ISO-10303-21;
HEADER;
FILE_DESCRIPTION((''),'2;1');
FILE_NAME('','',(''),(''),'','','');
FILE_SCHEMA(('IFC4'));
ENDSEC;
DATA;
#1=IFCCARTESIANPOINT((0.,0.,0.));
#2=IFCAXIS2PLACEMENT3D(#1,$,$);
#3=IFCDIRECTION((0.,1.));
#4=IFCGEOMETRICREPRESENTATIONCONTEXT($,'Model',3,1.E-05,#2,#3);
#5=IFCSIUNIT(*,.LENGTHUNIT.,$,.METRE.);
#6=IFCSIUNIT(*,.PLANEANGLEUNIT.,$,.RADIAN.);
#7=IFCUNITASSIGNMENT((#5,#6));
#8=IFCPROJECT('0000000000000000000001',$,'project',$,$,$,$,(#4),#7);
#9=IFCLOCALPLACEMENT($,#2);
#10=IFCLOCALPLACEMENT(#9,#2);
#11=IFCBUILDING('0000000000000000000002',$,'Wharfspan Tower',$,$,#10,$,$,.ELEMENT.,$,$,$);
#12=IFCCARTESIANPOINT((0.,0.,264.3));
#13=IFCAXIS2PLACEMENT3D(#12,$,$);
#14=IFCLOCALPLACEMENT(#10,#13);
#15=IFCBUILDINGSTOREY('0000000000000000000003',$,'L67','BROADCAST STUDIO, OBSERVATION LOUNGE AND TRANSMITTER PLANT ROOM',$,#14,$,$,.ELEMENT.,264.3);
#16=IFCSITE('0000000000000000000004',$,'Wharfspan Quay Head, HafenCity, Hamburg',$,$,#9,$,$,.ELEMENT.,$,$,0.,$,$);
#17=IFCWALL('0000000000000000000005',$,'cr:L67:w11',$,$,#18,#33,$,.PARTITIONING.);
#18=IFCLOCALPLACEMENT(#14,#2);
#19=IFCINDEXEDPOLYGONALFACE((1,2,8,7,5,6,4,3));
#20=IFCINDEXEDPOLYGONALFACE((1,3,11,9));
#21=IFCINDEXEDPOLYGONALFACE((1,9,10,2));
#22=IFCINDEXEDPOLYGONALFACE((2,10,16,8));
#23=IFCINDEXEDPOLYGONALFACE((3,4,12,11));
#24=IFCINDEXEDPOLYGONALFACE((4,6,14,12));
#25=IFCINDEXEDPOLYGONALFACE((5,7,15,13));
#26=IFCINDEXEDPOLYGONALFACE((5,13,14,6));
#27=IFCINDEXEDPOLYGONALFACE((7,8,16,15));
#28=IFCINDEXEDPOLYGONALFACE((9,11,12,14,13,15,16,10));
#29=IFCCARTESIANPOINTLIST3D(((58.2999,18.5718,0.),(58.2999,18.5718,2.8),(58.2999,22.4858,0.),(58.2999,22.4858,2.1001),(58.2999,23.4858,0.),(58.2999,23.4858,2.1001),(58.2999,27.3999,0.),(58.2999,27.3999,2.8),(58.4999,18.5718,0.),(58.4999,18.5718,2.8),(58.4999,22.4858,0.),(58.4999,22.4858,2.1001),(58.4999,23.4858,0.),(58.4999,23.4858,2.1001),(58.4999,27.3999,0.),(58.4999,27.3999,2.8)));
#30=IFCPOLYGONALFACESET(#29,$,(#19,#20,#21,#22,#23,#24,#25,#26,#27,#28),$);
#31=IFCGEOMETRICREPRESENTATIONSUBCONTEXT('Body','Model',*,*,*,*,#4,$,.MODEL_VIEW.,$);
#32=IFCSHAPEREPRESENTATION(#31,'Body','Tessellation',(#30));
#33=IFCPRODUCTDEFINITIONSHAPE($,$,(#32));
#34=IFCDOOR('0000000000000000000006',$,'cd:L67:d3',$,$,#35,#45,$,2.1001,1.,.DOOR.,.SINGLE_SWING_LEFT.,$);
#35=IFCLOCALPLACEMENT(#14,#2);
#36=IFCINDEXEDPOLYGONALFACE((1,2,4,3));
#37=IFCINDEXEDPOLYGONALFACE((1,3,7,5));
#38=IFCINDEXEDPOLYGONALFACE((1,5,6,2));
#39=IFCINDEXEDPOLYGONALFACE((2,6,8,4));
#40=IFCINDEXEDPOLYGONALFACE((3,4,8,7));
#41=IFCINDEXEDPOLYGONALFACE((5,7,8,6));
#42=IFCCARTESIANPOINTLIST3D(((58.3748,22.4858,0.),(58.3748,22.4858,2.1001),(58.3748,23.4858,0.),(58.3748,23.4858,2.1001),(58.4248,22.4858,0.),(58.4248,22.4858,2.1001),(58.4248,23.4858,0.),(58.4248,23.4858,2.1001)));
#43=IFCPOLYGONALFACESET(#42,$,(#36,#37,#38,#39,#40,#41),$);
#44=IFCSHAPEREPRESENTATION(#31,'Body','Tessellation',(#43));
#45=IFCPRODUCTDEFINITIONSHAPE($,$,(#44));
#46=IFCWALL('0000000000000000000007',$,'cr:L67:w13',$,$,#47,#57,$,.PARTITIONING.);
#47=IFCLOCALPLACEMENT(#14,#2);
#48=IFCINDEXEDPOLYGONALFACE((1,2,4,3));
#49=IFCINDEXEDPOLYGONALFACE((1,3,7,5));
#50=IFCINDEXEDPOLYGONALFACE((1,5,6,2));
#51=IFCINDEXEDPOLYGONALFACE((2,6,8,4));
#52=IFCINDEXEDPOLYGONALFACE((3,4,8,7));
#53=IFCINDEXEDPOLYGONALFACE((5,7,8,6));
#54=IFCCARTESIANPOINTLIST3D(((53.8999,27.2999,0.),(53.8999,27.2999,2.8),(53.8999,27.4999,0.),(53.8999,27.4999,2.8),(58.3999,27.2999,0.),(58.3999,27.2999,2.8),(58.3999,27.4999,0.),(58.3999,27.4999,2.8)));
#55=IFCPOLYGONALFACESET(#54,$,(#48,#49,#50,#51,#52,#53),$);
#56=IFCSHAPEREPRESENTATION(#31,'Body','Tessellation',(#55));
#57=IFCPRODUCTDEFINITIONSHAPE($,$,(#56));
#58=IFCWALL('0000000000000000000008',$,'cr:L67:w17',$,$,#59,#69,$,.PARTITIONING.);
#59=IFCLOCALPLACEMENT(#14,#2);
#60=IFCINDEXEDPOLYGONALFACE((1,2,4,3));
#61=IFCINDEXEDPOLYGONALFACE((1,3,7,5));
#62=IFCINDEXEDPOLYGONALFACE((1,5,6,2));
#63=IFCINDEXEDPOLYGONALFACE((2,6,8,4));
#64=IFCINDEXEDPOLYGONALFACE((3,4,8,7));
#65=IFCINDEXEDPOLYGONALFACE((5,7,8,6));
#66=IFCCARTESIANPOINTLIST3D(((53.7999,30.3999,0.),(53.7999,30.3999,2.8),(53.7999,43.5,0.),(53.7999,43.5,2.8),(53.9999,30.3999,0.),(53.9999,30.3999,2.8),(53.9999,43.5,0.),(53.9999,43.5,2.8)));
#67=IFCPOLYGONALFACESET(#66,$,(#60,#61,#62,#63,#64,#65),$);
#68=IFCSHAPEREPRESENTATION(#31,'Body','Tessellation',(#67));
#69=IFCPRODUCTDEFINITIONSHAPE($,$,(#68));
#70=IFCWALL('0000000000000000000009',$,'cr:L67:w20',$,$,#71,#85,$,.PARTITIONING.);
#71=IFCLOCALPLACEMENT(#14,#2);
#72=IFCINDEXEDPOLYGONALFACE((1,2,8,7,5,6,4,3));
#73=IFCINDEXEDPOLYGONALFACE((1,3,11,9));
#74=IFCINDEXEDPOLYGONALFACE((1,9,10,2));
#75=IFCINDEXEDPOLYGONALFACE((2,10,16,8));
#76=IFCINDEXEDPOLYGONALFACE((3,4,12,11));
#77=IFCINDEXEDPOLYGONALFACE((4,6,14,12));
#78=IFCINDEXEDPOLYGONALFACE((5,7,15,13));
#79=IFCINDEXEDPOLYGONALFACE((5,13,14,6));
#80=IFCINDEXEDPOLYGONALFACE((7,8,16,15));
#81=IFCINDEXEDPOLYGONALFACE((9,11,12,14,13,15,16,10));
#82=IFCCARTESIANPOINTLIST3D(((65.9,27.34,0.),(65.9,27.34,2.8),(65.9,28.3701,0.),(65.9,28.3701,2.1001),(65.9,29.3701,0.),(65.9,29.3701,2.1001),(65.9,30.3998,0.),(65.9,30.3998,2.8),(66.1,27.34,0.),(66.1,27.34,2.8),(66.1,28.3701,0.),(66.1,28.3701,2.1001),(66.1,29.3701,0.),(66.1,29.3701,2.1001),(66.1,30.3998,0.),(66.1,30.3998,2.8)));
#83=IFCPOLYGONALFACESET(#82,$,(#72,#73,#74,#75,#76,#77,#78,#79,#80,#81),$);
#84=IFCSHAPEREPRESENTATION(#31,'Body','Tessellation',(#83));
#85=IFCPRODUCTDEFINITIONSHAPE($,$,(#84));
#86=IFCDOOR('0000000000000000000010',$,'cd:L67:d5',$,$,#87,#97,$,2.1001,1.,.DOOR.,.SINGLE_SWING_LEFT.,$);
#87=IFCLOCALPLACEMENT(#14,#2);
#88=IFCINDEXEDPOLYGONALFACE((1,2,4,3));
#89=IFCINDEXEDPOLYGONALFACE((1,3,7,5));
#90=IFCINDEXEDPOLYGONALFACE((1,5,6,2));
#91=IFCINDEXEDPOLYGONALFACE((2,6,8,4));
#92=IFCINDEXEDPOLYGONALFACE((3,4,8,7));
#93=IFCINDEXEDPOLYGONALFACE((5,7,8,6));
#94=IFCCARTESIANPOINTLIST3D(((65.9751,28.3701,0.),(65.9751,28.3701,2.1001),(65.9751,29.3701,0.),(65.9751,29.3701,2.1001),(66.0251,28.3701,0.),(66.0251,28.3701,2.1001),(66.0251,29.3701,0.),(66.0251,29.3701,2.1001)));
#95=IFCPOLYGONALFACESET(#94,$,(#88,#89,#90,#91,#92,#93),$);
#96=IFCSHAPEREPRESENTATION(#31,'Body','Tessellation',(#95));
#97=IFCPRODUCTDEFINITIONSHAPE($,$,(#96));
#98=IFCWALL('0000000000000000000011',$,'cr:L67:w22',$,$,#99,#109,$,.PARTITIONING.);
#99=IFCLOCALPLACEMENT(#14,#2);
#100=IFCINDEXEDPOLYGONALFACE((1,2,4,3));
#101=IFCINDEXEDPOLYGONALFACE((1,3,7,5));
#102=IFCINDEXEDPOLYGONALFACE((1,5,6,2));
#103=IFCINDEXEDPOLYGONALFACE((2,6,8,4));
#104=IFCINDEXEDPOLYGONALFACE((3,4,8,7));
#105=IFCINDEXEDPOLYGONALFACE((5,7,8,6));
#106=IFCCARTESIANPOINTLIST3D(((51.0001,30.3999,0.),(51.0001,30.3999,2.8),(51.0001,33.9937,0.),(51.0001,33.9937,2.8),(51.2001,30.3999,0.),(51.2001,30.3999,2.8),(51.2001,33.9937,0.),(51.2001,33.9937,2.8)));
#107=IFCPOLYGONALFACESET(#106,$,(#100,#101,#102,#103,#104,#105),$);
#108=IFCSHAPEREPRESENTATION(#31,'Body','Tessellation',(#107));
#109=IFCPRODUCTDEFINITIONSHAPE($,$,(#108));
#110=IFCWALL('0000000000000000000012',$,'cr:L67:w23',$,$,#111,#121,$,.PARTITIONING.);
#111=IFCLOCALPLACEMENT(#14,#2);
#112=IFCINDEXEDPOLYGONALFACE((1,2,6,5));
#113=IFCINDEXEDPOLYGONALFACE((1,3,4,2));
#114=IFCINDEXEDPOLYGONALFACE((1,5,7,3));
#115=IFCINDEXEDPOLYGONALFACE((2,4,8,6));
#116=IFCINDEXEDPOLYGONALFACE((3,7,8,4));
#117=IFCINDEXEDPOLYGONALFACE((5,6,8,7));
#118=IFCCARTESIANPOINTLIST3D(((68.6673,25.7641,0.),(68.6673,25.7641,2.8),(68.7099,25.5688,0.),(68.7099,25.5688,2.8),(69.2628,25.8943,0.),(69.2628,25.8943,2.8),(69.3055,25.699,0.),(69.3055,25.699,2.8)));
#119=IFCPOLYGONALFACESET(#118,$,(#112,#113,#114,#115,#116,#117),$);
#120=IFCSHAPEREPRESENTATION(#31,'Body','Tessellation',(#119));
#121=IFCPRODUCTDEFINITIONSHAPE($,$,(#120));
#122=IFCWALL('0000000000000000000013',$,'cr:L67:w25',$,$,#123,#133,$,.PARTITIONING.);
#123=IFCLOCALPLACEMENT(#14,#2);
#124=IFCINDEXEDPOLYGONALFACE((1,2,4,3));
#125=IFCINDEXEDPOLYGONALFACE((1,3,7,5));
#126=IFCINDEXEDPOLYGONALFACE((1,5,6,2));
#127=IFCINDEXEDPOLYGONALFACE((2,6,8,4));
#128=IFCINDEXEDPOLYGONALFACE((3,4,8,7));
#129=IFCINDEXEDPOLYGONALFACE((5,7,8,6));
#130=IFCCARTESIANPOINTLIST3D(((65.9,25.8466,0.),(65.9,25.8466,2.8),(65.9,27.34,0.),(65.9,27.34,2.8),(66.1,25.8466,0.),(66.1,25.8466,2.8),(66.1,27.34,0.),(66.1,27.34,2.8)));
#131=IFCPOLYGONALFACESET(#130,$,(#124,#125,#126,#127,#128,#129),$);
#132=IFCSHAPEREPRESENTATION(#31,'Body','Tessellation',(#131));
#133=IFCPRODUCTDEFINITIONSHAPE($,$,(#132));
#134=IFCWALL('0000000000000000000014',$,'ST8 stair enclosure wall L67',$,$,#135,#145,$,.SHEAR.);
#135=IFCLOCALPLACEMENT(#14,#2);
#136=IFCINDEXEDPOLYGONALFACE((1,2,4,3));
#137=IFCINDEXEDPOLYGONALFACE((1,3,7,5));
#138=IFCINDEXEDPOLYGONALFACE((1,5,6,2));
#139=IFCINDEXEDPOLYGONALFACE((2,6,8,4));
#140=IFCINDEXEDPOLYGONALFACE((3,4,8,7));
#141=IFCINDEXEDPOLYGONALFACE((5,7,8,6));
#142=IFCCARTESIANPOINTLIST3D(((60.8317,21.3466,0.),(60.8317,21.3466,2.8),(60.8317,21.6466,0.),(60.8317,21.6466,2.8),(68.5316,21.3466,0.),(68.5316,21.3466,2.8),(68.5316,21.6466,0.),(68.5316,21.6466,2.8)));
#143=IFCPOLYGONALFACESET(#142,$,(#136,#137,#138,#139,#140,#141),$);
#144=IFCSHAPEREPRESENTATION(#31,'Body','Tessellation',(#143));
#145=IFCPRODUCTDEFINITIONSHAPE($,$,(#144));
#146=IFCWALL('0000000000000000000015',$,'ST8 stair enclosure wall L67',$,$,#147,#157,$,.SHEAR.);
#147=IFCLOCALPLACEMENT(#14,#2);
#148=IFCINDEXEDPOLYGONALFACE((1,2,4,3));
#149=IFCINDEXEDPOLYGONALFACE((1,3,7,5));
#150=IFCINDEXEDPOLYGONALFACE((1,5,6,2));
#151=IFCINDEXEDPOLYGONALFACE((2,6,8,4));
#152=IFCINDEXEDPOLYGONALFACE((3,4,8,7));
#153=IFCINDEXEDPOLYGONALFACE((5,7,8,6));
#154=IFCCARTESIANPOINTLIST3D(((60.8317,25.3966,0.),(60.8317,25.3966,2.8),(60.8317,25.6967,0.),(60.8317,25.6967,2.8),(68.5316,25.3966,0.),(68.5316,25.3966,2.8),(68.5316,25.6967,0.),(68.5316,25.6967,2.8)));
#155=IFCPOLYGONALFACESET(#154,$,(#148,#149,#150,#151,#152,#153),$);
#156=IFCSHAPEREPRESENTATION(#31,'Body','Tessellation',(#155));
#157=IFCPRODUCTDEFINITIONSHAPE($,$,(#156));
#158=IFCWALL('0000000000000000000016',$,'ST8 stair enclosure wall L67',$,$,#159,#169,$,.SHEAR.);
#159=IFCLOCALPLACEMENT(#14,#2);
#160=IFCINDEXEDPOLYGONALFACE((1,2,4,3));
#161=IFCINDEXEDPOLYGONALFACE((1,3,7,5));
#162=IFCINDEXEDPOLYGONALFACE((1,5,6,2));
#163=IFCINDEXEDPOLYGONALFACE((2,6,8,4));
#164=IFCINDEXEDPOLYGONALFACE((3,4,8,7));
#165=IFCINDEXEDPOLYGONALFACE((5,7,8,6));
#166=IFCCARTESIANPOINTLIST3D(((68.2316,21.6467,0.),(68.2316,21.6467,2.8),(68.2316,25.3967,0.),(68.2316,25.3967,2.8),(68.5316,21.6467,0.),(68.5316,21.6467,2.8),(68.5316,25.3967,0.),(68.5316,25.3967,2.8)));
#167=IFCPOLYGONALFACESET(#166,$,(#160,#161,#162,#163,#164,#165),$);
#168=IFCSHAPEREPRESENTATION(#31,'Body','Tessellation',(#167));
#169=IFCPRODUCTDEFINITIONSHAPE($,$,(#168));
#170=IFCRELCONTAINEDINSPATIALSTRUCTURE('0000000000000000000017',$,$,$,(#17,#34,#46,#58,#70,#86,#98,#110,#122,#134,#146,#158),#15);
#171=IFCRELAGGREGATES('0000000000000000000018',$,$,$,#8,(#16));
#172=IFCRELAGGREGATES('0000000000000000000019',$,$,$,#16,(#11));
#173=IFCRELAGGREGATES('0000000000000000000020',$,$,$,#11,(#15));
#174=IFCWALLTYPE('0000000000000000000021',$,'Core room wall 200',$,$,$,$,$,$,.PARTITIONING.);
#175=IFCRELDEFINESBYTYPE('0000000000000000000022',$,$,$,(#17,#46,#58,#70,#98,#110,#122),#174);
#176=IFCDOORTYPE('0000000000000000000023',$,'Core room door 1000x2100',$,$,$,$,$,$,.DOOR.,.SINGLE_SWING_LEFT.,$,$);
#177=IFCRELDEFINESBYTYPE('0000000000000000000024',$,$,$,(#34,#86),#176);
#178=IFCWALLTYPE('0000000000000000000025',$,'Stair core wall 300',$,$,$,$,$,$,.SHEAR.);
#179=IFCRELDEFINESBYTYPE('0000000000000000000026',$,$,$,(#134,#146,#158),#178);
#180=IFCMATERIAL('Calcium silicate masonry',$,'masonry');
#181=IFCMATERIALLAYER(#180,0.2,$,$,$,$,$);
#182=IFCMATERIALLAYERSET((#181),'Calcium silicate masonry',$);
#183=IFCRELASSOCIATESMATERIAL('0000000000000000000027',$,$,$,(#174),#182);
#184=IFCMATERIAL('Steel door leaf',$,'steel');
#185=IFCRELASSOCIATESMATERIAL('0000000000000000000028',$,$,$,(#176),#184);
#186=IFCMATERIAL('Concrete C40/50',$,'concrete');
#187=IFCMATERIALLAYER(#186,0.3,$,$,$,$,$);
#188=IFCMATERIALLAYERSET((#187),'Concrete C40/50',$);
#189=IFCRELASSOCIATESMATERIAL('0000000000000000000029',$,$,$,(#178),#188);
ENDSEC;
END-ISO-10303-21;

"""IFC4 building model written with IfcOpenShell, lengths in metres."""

from ifc_helpers import new_model, si_unit, direction, frame, frame_2d, origin, place, context, subcontext, project, spatial, rectangle, extrude, material, layer, layer_set, type_object, element, fill, save


model = new_model("IFC4")

# Units and contexts
model_context = context("Model", 3, precision=1e-05, world=origin(), true_north=direction((0.0, 1.0)))
body_context = subcontext(model_context, "Body", "Model", "MODEL_VIEW")
ifc_project = project(units=[si_unit("LENGTHUNIT", "METRE"), si_unit("PLANEANGLEUNIT", "RADIAN")], contexts=[model_context])

# Site, building, storey
site_placement = place(None, origin())
site = spatial("IfcSite", under=ifc_project, at=site_placement, Name="Wharfspan Quay Head, HafenCity, Hamburg", CompositionType="ELEMENT", RefElevation=0.0)
building_placement = place(site_placement, origin())
building = spatial("IfcBuilding", under=site, at=building_placement, Name="Wharfspan Tower", CompositionType="ELEMENT")
storey_placement = place(building_placement, frame((0.0, 0.0, 264.3)))
storey = spatial("IfcBuildingStorey", under=building, at=storey_placement, Name="L67", Description="BROADCAST STUDIO, OBSERVATION LOUNGE AND TRANSMITTER PLANT ROOM", CompositionType="ELEMENT", Elevation=264.3)

# Shared definitions
ifc_material_1 = material(Name="Calcium silicate masonry", Category="masonry")
ifc_layer_1 = layer(ifc_material_1, 0.2)
ifc_layer_set_1 = layer_set([ifc_layer_1], Name="Calcium silicate masonry")
wall_type_1 = type_object("IfcWallType", Name="Core room wall 200", PredefinedType="PARTITIONING", material=ifc_layer_set_1)

# Wall, opening, door
wall_1_placement = place(storey_placement, frame((58.3999, 27.3999, 0.0), z_axis=(0.0, 0.0, 1.0), x_axis=(0.0, -1.0, 0.0)))
wall_1 = element("IfcWall", 1, at=wall_1_placement, inside=storey, type_object=wall_type_1, Name="cr:L67:w11", PredefinedType="PARTITIONING", context=body_context, shape_type="SweptSolid", body=[
    extrude(rectangle(XDim=8.8281, YDim=0.2, at=frame_2d((4.4141, 0.0))), origin(), (0.0, 0.0, 1.0), 2.8),
])
opening_1_placement = place(wall_1_placement, frame((3.9141, 0.0, 0.0)))
opening_1 = element("IfcOpeningElement", 2, at=opening_1_placement, cuts=wall_1, PredefinedType="OPENING", context=body_context, shape_type="SweptSolid", body=[
    extrude(rectangle(XDim=1.0, YDim=2.1001, at=frame_2d((0.5, 1.05))), frame((0.0, 0.1099, 0.0), z_axis=(0.0, -1.0, 0.0), x_axis=(1.0, 0.0, 0.0)), (0.0, 0.0, 1.0), 0.22),
])
ifc_material_2 = material(Name="Steel door leaf", Category="steel")
door_type = type_object("IfcDoorType", Name="Core room door 1000x2100", OperationType="SINGLE_SWING_LEFT", PredefinedType="DOOR", material=ifc_material_2)
door_1_placement = place(opening_1_placement, origin())
door_1 = element("IfcDoor", 3, at=door_1_placement, inside=storey, type_object=door_type, Name="cd:L67:d3", OperationType="SINGLE_SWING_LEFT", OverallHeight=2.1001, OverallWidth=1.0, PredefinedType="DOOR", context=body_context, shape_type="SweptSolid", body=[
    extrude(rectangle(XDim=1.0, YDim=2.1001, at=frame_2d((0.5, 1.05))), frame((0.0, 0.0249, 0.0), z_axis=(0.0, -1.0, 0.0), x_axis=(1.0, 0.0, 0.0)), (0.0, 0.0, 1.0), 0.05),
])
fill(opening_1, door_1)

# Walls
wall_2_placement = place(storey_placement, frame((53.8999, 27.3999, 0.0), z_axis=(0.0, 0.0, 1.0), x_axis=(1.0, 0.0, 0.0)))
element("IfcWall", 4, at=wall_2_placement, inside=storey, type_object=wall_type_1, Name="cr:L67:w13", PredefinedType="PARTITIONING", context=body_context, shape_type="SweptSolid", body=[
    extrude(rectangle(XDim=4.5, YDim=0.2, at=frame_2d((2.25, 0.0))), origin(), (0.0, 0.0, 1.0), 2.8),
])
wall_3_placement = place(storey_placement, frame((53.8999, 30.3999, 0.0), z_axis=(0.0, 0.0, 1.0), x_axis=(0.0, 1.0, 0.0)))
element("IfcWall", 5, at=wall_3_placement, inside=storey, type_object=wall_type_1, Name="cr:L67:w17", PredefinedType="PARTITIONING", context=body_context, shape_type="SweptSolid", body=[
    extrude(rectangle(XDim=13.1001, YDim=0.2, at=frame_2d((6.55, 0.0))), origin(), (0.0, 0.0, 1.0), 2.8),
])

# Wall, opening, door
wall_4_placement = place(storey_placement, frame((66.0, 27.3401, 0.0), z_axis=(0.0, 0.0, 1.0), x_axis=(0.0, 1.0, 0.0)))
wall_4 = element("IfcWall", 6, at=wall_4_placement, inside=storey, type_object=wall_type_1, Name="cr:L67:w20", PredefinedType="PARTITIONING", context=body_context, shape_type="SweptSolid", body=[
    extrude(rectangle(XDim=3.0598, YDim=0.2, at=frame_2d((1.5298, 0.0))), origin(), (0.0, 0.0, 1.0), 2.8),
])
opening_2_placement = place(wall_4_placement, frame((1.03, 0.0, 0.0)))
opening_2 = element("IfcOpeningElement", 7, at=opening_2_placement, cuts=wall_4, PredefinedType="OPENING", context=body_context, shape_type="SweptSolid", body=[
    extrude(rectangle(XDim=1.0, YDim=2.1001, at=frame_2d((0.5, 1.05))), frame((0.0, 0.1099, 0.0), z_axis=(0.0, -1.0, 0.0), x_axis=(1.0, 0.0, 0.0)), (0.0, 0.0, 1.0), 0.22),
])
door_2_placement = place(opening_2_placement, origin())
door_2 = element("IfcDoor", 8, at=door_2_placement, inside=storey, type_object=door_type, Name="cd:L67:d5", OperationType="SINGLE_SWING_LEFT", OverallHeight=2.1001, OverallWidth=1.0, PredefinedType="DOOR", context=body_context, shape_type="SweptSolid", body=[
    extrude(rectangle(XDim=1.0, YDim=2.1001, at=frame_2d((0.5, 1.05))), frame((0.0, 0.0249, 0.0), z_axis=(0.0, -1.0, 0.0), x_axis=(1.0, 0.0, 0.0)), (0.0, 0.0, 1.0), 0.05),
])
fill(opening_2, door_2)

# Walls
wall_5_placement = place(storey_placement, frame((51.1001, 30.3999, 0.0), z_axis=(0.0, 0.0, 1.0), x_axis=(0.0, 1.0, 0.0)))
element("IfcWall", 9, at=wall_5_placement, inside=storey, type_object=wall_type_1, Name="cr:L67:w22", PredefinedType="PARTITIONING", context=body_context, shape_type="SweptSolid", body=[
    extrude(rectangle(XDim=3.5938, YDim=0.2, at=frame_2d((1.7969, 0.0))), origin(), (0.0, 0.0, 1.0), 2.8),
])
wall_6_placement = place(storey_placement, frame((68.6887, 25.6665, 0.0), z_axis=(0.0, 0.0, 1.0), x_axis=(0.976941, 0.213493, 0.0)))
element("IfcWall", 10, at=wall_6_placement, inside=storey, type_object=wall_type_1, Name="cr:L67:w23", PredefinedType="PARTITIONING", context=body_context, shape_type="SweptSolid", body=[
    extrude(rectangle(XDim=0.6096, YDim=0.2, at=frame_2d((0.3047, 0.0))), origin(), (0.0, 0.0, 1.0), 2.8),
])
wall_7_placement = place(storey_placement, frame((66.0, 25.8467, 0.0), z_axis=(0.0, 0.0, 1.0), x_axis=(0.0, 1.0, 0.0)))
element("IfcWall", 11, at=wall_7_placement, inside=storey, type_object=wall_type_1, Name="cr:L67:w25", PredefinedType="PARTITIONING", context=body_context, shape_type="SweptSolid", body=[
    extrude(rectangle(XDim=1.4934, YDim=0.2, at=frame_2d((0.7466, 0.0))), origin(), (0.0, 0.0, 1.0), 2.8),
])
ifc_material_3 = material(Name="Concrete C40/50", Category="concrete")
ifc_layer_2 = layer(ifc_material_3, 0.3)
ifc_layer_set_2 = layer_set([ifc_layer_2], Name="Concrete C40/50")
wall_type_2 = type_object("IfcWallType", Name="Stair core wall 300", PredefinedType="SHEAR", material=ifc_layer_set_2)
for number, where, z_axis, x_axis, name in (
    (12, (60.8315, 21.4966, 0.0), (0.0, 0.0, 1.0), (1.0, 0.0, 0.0), "ST8 stair enclosure wall L67"),
    (13, (60.8315, 25.5466, 0.0), (0.0, 0.0, 1.0), (1.0, 0.0, 0.0), "ST8 stair enclosure wall L67"),
):
    element("IfcWall", number, at=place(storey_placement, frame(where, z_axis=z_axis, x_axis=x_axis)), inside=storey, type_object=wall_type_2, Name=name, PredefinedType="SHEAR", context=body_context, shape_type="SweptSolid", body=[
        extrude(rectangle(XDim=7.7, YDim=0.3, at=frame_2d((3.8501, 0.0))), origin(), (0.0, 0.0, 1.0), 2.8),
    ])
wall_8_placement = place(storey_placement, frame((68.3816, 21.6467, 0.0), z_axis=(0.0, 0.0, 1.0), x_axis=(0.0, 1.0, 0.0)))
element("IfcWall", 14, at=wall_8_placement, inside=storey, type_object=wall_type_2, Name="ST8 stair enclosure wall L67", PredefinedType="SHEAR", context=body_context, shape_type="SweptSolid", body=[
    extrude(rectangle(XDim=3.75, YDim=0.3, at=frame_2d((1.875, 0.0))), origin(), (0.0, 0.0, 1.0), 2.8),
])

save(model, "model.ifc")
